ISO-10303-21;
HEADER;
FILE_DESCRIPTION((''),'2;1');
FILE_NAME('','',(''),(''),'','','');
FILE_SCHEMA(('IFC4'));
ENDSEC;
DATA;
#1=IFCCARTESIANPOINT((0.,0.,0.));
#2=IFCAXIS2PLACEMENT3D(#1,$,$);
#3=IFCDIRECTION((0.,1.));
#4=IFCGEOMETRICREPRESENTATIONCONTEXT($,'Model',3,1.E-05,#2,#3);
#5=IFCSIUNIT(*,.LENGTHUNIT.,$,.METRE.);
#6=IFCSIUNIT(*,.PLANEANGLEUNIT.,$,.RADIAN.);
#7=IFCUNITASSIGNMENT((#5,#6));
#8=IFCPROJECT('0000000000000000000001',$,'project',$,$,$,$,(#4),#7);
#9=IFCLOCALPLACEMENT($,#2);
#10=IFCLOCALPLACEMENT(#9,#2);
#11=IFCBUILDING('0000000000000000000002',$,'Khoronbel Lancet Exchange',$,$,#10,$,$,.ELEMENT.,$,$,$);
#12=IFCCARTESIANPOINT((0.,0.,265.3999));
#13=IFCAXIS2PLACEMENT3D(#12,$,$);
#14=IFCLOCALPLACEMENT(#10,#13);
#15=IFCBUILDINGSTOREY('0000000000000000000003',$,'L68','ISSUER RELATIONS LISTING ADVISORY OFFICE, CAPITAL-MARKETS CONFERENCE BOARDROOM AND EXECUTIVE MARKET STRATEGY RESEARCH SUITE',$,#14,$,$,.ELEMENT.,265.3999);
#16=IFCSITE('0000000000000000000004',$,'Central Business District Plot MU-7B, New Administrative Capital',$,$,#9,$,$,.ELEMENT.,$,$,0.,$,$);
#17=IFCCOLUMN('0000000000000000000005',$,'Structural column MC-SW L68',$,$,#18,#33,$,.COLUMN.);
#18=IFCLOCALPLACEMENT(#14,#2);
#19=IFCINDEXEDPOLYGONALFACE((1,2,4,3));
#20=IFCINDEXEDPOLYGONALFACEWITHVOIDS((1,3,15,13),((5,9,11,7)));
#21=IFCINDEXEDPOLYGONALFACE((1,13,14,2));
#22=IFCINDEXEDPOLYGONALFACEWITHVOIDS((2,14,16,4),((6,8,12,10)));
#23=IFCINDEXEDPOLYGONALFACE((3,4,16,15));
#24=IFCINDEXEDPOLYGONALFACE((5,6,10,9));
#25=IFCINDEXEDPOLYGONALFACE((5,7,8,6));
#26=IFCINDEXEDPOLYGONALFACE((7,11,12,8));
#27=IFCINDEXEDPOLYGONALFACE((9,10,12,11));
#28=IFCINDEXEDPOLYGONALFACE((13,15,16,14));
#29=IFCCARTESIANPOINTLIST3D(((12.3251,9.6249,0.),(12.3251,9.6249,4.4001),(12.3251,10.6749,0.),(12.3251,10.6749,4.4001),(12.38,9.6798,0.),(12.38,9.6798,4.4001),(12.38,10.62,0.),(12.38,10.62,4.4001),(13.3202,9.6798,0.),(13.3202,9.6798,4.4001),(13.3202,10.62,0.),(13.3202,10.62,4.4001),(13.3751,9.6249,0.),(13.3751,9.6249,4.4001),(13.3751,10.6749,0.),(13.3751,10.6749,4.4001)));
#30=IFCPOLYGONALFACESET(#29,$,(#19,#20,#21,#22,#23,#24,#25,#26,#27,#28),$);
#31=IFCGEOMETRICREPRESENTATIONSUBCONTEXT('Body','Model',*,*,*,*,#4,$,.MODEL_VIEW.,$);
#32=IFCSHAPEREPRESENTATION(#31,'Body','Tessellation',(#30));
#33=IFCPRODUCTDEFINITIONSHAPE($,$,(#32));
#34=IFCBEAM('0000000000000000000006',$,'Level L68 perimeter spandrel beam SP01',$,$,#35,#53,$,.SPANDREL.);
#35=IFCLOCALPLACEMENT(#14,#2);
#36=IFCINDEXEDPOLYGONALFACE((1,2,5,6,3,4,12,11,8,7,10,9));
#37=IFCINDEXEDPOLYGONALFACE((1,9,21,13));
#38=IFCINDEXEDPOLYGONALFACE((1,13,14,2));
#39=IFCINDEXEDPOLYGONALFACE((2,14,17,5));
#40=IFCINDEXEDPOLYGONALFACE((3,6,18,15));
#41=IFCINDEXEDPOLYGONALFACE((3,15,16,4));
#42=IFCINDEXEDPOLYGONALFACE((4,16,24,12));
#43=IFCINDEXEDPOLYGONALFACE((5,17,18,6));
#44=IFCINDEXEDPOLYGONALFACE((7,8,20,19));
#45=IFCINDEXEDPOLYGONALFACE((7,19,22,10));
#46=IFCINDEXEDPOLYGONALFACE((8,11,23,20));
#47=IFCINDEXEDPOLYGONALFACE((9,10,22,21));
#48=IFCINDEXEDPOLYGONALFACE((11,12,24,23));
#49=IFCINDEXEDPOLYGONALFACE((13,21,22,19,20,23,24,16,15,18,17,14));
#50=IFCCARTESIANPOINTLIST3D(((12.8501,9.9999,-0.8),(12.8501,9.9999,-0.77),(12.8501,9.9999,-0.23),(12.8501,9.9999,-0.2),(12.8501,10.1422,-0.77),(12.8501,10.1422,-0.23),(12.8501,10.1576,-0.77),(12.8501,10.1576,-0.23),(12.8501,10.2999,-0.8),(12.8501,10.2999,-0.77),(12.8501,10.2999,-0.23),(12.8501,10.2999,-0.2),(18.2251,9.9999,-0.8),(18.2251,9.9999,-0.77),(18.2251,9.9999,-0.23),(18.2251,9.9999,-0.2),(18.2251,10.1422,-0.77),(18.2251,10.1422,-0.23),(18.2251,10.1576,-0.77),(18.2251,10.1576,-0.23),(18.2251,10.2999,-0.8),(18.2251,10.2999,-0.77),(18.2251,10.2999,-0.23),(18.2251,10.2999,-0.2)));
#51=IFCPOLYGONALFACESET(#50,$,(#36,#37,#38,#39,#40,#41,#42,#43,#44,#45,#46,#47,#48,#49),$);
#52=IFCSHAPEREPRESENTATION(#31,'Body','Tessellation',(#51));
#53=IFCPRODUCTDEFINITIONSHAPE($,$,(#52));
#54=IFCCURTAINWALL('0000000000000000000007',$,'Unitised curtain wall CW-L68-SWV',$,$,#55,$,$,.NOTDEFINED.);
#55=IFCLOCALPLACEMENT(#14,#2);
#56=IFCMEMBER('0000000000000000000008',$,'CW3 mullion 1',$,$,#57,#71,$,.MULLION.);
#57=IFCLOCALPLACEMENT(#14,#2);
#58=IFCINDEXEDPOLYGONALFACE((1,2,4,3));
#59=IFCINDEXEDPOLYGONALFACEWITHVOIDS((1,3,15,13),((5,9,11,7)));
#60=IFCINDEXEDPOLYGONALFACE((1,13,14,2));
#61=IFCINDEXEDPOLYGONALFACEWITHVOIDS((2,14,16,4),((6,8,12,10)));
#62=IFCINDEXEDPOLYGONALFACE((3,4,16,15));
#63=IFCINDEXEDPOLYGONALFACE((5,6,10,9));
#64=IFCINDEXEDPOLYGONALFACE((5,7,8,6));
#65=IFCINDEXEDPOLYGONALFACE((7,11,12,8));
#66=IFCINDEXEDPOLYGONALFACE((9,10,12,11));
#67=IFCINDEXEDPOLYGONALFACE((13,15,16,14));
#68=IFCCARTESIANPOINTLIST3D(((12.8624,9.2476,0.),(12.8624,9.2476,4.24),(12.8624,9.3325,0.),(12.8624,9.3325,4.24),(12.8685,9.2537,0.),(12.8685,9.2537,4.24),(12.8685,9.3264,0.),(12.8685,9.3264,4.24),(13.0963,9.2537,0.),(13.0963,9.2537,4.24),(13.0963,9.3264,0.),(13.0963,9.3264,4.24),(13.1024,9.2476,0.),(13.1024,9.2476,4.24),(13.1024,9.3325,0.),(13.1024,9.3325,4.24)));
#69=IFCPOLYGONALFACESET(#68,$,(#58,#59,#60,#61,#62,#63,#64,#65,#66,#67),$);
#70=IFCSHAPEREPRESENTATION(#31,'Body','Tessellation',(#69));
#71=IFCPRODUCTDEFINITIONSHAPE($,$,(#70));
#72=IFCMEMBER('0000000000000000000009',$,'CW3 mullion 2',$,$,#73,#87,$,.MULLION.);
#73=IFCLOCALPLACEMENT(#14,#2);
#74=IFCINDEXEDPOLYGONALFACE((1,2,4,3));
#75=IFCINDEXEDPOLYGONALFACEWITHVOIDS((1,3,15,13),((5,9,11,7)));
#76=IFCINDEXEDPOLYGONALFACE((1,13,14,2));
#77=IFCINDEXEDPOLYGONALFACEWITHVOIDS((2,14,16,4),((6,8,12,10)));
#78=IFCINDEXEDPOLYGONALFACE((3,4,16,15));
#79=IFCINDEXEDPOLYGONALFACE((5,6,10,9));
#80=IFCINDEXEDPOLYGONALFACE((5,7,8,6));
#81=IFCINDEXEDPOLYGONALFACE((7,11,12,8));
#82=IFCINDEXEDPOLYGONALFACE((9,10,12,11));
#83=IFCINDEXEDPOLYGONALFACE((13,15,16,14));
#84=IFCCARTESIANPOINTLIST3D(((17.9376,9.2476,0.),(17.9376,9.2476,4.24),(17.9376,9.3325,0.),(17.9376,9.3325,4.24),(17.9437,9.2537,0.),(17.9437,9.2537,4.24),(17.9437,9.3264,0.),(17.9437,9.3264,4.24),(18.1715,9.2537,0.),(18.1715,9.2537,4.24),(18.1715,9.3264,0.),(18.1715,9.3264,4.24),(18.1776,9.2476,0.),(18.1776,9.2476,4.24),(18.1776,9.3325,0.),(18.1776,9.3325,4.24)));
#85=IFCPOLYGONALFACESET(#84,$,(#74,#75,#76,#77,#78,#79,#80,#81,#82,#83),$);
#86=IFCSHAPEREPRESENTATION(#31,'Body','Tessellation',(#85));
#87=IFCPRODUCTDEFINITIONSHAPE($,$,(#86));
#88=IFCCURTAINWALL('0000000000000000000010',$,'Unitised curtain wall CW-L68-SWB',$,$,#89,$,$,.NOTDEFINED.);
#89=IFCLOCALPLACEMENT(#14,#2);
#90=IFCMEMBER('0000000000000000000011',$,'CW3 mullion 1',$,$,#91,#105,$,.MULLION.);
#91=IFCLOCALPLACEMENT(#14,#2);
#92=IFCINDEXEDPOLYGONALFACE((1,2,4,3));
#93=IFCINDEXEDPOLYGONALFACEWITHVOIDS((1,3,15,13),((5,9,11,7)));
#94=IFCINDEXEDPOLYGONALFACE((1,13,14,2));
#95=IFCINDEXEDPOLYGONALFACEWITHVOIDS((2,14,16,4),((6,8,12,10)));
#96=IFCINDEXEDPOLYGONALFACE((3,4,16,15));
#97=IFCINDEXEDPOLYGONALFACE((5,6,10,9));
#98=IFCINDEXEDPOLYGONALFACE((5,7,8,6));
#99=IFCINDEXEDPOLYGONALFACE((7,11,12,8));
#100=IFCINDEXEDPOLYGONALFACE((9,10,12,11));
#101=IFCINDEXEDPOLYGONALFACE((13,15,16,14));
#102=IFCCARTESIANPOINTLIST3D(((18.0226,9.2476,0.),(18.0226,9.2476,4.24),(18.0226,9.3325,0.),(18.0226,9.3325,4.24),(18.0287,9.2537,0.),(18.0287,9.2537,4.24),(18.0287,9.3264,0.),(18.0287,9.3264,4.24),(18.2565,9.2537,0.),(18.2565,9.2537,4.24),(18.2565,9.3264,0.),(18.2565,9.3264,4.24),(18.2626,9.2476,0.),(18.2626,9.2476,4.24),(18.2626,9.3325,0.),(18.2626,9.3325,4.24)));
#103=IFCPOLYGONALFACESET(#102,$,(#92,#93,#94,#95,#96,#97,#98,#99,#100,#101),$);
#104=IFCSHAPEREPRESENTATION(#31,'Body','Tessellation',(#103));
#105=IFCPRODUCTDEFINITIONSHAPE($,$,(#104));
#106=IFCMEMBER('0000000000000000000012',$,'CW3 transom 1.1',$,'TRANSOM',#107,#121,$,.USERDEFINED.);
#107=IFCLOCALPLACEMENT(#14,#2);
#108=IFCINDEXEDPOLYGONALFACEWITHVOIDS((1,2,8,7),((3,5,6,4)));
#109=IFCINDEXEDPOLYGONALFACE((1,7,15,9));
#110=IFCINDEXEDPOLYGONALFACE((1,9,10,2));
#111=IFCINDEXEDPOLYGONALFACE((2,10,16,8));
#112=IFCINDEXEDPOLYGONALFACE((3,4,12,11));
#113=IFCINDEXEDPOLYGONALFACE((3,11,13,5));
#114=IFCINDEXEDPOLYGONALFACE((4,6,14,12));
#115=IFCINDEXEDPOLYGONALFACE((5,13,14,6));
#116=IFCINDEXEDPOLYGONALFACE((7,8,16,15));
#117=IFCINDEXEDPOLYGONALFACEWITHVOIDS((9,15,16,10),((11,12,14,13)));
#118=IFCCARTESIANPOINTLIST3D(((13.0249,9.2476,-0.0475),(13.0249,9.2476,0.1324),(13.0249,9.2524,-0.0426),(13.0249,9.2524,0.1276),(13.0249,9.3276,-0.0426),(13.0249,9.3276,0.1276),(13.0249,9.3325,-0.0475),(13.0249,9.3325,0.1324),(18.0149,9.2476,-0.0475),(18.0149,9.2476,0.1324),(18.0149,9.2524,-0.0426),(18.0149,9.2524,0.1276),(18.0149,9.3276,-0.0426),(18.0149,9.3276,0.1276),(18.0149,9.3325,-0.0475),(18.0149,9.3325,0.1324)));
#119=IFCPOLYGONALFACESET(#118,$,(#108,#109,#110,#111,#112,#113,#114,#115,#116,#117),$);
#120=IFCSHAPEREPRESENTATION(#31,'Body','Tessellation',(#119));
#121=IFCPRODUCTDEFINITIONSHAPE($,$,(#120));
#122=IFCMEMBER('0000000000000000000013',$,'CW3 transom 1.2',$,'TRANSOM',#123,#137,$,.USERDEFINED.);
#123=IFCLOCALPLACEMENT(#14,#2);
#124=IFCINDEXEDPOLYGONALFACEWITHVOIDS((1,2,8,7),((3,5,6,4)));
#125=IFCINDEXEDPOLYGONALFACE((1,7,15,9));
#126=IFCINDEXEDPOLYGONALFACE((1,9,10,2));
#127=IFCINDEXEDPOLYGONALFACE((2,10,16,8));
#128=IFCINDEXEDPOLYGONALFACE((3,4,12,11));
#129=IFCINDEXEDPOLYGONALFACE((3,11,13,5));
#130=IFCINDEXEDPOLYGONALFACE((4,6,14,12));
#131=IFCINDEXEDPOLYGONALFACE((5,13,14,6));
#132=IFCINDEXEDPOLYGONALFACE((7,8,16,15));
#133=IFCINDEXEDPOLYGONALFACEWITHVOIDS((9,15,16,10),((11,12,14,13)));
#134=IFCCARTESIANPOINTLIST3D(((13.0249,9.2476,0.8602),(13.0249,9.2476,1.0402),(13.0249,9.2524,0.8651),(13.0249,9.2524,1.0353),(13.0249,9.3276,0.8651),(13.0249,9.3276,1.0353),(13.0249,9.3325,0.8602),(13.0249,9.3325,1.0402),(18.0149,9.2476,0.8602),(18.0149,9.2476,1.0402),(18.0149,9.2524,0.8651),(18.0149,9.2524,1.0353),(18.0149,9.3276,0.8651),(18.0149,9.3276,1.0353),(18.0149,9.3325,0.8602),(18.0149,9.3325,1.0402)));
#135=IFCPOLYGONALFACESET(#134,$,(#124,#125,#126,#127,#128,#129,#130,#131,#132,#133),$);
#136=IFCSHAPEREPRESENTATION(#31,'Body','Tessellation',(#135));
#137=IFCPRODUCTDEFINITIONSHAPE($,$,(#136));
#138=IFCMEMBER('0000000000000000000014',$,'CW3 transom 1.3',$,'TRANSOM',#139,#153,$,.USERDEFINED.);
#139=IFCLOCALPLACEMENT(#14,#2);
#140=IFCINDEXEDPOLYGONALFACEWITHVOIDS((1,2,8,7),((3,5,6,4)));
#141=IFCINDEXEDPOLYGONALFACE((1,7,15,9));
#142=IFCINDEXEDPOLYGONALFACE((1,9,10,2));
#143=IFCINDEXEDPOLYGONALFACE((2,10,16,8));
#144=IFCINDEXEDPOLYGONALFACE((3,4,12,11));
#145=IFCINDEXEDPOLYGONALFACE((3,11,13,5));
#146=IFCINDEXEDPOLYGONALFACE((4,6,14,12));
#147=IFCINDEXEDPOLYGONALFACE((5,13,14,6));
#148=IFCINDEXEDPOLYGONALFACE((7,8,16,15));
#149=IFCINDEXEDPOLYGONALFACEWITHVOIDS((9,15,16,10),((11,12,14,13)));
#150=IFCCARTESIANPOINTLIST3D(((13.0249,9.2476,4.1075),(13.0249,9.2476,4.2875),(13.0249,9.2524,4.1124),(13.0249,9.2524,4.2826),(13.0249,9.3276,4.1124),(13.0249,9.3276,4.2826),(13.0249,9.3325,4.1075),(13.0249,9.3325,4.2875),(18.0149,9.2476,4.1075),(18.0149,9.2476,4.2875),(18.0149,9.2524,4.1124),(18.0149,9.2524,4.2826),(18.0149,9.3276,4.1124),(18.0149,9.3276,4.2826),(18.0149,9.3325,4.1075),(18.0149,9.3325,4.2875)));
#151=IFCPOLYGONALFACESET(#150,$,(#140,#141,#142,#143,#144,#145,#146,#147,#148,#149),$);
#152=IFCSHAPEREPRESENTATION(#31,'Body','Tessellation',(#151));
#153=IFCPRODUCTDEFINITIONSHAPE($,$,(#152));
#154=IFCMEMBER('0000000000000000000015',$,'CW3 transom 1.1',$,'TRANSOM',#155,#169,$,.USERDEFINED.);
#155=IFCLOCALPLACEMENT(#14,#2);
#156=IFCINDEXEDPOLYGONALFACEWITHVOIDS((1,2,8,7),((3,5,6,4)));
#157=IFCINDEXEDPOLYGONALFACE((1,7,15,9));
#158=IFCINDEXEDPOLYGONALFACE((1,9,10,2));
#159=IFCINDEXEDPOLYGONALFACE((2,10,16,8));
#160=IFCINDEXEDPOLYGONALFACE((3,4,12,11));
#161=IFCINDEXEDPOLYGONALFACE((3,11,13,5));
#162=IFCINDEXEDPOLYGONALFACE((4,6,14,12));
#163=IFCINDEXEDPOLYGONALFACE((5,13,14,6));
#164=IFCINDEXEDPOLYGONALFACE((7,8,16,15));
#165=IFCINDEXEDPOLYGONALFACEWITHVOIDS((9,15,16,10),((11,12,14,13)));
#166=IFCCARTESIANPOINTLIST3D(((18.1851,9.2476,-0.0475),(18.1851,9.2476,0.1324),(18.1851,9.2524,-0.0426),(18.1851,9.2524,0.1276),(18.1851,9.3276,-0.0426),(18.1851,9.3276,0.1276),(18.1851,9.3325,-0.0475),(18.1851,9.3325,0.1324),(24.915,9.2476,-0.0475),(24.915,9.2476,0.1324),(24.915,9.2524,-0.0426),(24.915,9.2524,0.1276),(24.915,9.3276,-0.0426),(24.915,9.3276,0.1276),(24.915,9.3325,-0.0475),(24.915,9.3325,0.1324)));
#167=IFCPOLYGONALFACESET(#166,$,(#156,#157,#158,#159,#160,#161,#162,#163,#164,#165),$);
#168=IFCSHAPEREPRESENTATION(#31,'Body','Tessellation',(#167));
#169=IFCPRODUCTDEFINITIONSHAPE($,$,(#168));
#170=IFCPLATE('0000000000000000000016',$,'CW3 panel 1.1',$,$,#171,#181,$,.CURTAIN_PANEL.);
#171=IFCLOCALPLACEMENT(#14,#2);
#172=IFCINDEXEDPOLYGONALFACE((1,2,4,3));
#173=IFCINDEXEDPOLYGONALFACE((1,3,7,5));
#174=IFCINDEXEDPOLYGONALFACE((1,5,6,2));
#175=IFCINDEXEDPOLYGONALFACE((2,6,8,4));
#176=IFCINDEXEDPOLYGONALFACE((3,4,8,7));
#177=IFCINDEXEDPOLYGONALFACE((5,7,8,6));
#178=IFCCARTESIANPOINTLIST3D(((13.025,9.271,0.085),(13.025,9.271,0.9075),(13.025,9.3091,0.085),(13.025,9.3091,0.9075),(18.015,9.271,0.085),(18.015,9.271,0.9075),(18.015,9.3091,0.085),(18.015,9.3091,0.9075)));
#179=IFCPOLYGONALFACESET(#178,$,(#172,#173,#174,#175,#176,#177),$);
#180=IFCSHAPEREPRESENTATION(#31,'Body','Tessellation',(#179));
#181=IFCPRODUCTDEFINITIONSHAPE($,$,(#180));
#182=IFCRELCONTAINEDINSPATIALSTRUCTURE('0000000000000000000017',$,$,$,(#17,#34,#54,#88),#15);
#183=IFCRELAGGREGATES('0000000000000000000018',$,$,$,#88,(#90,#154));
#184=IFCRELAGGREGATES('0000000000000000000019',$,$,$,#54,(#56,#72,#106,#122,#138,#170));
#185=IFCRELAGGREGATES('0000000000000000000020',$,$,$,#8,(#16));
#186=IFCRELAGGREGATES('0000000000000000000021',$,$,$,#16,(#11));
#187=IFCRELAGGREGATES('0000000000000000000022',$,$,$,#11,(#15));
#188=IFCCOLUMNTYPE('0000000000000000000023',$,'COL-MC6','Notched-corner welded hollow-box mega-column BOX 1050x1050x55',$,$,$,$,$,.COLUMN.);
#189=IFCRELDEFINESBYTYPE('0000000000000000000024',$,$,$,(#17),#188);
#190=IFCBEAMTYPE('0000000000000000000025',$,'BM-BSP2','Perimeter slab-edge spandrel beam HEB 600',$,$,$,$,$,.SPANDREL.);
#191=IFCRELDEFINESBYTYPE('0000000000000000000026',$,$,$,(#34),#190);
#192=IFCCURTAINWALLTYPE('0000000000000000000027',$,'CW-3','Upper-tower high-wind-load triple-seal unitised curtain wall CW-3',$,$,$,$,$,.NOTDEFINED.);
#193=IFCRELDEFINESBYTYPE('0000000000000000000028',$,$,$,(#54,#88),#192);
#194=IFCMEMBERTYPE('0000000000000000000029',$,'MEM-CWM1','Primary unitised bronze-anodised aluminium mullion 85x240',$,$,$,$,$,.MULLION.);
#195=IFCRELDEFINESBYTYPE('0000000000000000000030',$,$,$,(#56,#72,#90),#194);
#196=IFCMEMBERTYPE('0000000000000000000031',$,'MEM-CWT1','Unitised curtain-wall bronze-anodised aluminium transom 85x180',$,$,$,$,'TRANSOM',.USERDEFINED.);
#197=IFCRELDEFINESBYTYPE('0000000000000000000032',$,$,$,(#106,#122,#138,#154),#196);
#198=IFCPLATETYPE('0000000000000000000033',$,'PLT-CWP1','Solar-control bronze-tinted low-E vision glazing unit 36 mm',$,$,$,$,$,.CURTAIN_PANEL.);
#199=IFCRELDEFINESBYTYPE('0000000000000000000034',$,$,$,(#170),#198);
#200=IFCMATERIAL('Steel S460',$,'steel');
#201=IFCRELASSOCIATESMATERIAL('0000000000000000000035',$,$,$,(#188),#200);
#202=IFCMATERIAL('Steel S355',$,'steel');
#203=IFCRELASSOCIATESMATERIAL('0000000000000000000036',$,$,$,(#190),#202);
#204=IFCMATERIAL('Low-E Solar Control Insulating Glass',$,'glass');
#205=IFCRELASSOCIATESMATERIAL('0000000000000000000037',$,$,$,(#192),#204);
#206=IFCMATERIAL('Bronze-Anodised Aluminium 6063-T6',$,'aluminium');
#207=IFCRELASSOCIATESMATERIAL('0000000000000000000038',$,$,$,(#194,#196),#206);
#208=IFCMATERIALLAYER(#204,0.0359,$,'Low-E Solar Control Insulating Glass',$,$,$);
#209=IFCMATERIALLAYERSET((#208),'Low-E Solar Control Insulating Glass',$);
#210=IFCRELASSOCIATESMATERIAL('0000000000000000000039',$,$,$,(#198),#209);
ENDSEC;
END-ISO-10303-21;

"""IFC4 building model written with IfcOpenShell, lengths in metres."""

from ifc_helpers import new_model, si_unit, direction, frame, origin, origin_2d, place, context, subcontext, project, spatial, rectangle, hollow_rectangle, i_section, extrude, material, layer, layer_set, material_profile, profile_set, type_object, element, aggregate, save


model = new_model("IFC4")

# Units and contexts
model_context = context("Model", 3, precision=1e-05, world=origin(), true_north=direction((0.0, 1.0)))
body_context = subcontext(model_context, "Body", "Model", "MODEL_VIEW")
ifc_project = project(units=[si_unit("LENGTHUNIT", "METRE"), si_unit("PLANEANGLEUNIT", "RADIAN")], contexts=[model_context])

# Site, building, storey
site_placement = place(None, origin())
site = spatial("IfcSite", under=ifc_project, at=site_placement, Name="Central Business District Plot MU-7B, New Administrative Capital", CompositionType="ELEMENT", RefElevation=0.0)
building_placement = place(site_placement, origin())
building = spatial("IfcBuilding", under=site, at=building_placement, Name="Khoronbel Lancet Exchange", CompositionType="ELEMENT")
storey_placement = place(building_placement, frame((0.0, 0.0, 265.3999)))
storey = spatial("IfcBuildingStorey", under=building, at=storey_placement, Name="L68", Description="ISSUER RELATIONS LISTING ADVISORY OFFICE, CAPITAL-MARKETS CONFERENCE BOARDROOM AND EXECUTIVE MARKET STRATEGY RESEARCH SUITE", CompositionType="ELEMENT", Elevation=265.3999)

# Column
ifc_material_1 = material(Name="Steel S460", Category="steel")
ifc_material_profile_1 = material_profile(ifc_material_1, hollow_rectangle(XDim=1.05, YDim=1.05, WallThickness=0.0549, at=origin_2d()), Name="BOX 1050x1050x55")
ifc_profile_set_1 = profile_set([ifc_material_profile_1], Name="Steel S460")
column_type = type_object("IfcColumnType", Name="COL-MC6", Description="Notched-corner welded hollow-box mega-column BOX 1050x1050x55", PredefinedType="COLUMN", material=ifc_profile_set_1)
column_placement = place(storey_placement, frame((12.8501, 10.1499, 0.0), z_axis=(0.0, 0.0, 1.0), x_axis=(1.0, 0.0, 0.0)))
element("IfcColumn", 1, at=column_placement, inside=storey, type_object=column_type, Name="Structural column MC-SW L68", PredefinedType="COLUMN", context=body_context, shape_type="SweptSolid", body=[
    extrude(hollow_rectangle(XDim=1.05, YDim=1.05, WallThickness=0.0549, at=origin_2d()), origin(), (0.0, 0.0, 1.0), 4.4001),
])

# Beam
ifc_material_2 = material(Name="Steel S355", Category="steel")
ifc_material_profile_2 = material_profile(ifc_material_2, i_section(OverallWidth=0.3, OverallDepth=0.6001, WebThickness=0.0154, FlangeThickness=0.03, at=origin_2d()), Name="HEB 600")
ifc_profile_set_2 = profile_set([ifc_material_profile_2], Name="Steel S355")
beam_type = type_object("IfcBeamType", Name="BM-BSP2", Description="Perimeter slab-edge spandrel beam HEB 600", PredefinedType="SPANDREL", material=ifc_profile_set_2)
beam_placement = place(storey_placement, frame((12.8501, 10.1499, -0.5), z_axis=(1.0, 0.0, 0.0), x_axis=(0.0, 1.0, 0.0)))
element("IfcBeam", 2, at=beam_placement, inside=storey, type_object=beam_type, Name="Level L68 perimeter spandrel beam SP01", PredefinedType="SPANDREL", context=body_context, shape_type="SweptSolid", body=[
    extrude(i_section(OverallWidth=0.3, OverallDepth=0.6001, WebThickness=0.0154, FlangeThickness=0.03, at=origin_2d()), origin(), (0.0, 0.0, 1.0), 5.375),
])

# Curtain wall, members
ifc_material_3 = material(Name="Low-E Solar Control Insulating Glass", Category="glass")
curtain_wall_type = type_object("IfcCurtainWallType", Name="CW-3", Description="Upper-tower high-wind-load triple-seal unitised curtain wall CW-3", PredefinedType="NOTDEFINED", material=ifc_material_3)
curtain_wall_1_placement = place(storey_placement, origin())
curtain_wall_1 = element("IfcCurtainWall", 3, at=curtain_wall_1_placement, inside=storey, type_object=curtain_wall_type, Name="Unitised curtain wall CW-L68-SWV", PredefinedType="NOTDEFINED")
ifc_material_4 = material(Name="Bronze-Anodised Aluminium 6063-T6", Category="aluminium")
ifc_material_profile_3 = material_profile(ifc_material_4, hollow_rectangle(XDim=0.085, YDim=0.24, WallThickness=0.0061, at=origin_2d()), Name="ALU MULLION 85x240")
ifc_profile_set_3 = profile_set([ifc_material_profile_3], Name="Bronze-Anodised Aluminium 6063-T6")
member_type_1 = type_object("IfcMemberType", Name="MEM-CWM1", Description="Primary unitised bronze-anodised aluminium mullion 85x240", PredefinedType="MULLION", material=ifc_profile_set_3)
member_1_placement = place(storey_placement, frame((12.9824, 9.29, 0.0), z_axis=(0.0, 0.0, 1.0), x_axis=(0.0, 1.0, 0.0)))
member_1 = element("IfcMember", 4, at=member_1_placement, type_object=member_type_1, Name="CW3 mullion 1", PredefinedType="MULLION", context=body_context, shape_type="SweptSolid", body=[
    extrude(hollow_rectangle(XDim=0.085, YDim=0.24, WallThickness=0.0061, at=origin_2d()), origin(), (0.0, 0.0, 1.0), 4.24),
])
member_2_placement = place(storey_placement, frame((18.0576, 9.29, 0.0), z_axis=(0.0, 0.0, 1.0), x_axis=(0.0, 1.0, 0.0)))
member_2 = element("IfcMember", 5, at=member_2_placement, type_object=member_type_1, Name="CW3 mullion 2", PredefinedType="MULLION", context=body_context, shape_type="SweptSolid", body=[
    extrude(hollow_rectangle(XDim=0.085, YDim=0.24, WallThickness=0.0061, at=origin_2d()), origin(), (0.0, 0.0, 1.0), 4.24),
])

# Curtain wall, member
curtain_wall_2_placement = place(storey_placement, origin())
curtain_wall_2 = element("IfcCurtainWall", 6, at=curtain_wall_2_placement, inside=storey, type_object=curtain_wall_type, Name="Unitised curtain wall CW-L68-SWB", PredefinedType="NOTDEFINED")
member_3_placement = place(storey_placement, frame((18.1426, 9.29, 0.0), z_axis=(0.0, 0.0, 1.0), x_axis=(0.0, 1.0, 0.0)))
member_3 = element("IfcMember", 7, at=member_3_placement, type_object=member_type_1, Name="CW3 mullion 1", PredefinedType="MULLION", context=body_context, shape_type="SweptSolid", body=[
    extrude(hollow_rectangle(XDim=0.085, YDim=0.24, WallThickness=0.0061, at=origin_2d()), origin(), (0.0, 0.0, 1.0), 4.24),
])

# Members
ifc_material_profile_4 = material_profile(ifc_material_4, hollow_rectangle(XDim=0.085, YDim=0.1799, WallThickness=0.0049, at=origin_2d()), Name="ALU TRANSOM 85x180")
ifc_profile_set_4 = profile_set([ifc_material_profile_4], Name="Bronze-Anodised Aluminium 6063-T6")
member_type_2 = type_object("IfcMemberType", Name="MEM-CWT1", Description="Unitised curtain-wall bronze-anodised aluminium transom 85x180", ElementType="TRANSOM", PredefinedType="USERDEFINED", material=ifc_profile_set_4)
member_4_placement = place(storey_placement, frame((13.0249, 9.29, 0.0425), z_axis=(1.0, 0.0, 0.0), x_axis=(0.0, 1.0, 0.0)))
member_4 = element("IfcMember", 8, at=member_4_placement, type_object=member_type_2, Name="CW3 transom 1.1", ObjectType="TRANSOM", PredefinedType="USERDEFINED", context=body_context, shape_type="SweptSolid", body=[
    extrude(hollow_rectangle(XDim=0.085, YDim=0.1799, WallThickness=0.0049, at=origin_2d()), origin(), (0.0, 0.0, 1.0), 4.99),
])
member_5_placement = place(storey_placement, frame((13.0249, 9.29, 0.9502), z_axis=(1.0, 0.0, 0.0), x_axis=(0.0, 1.0, 0.0)))
member_5 = element("IfcMember", 9, at=member_5_placement, type_object=member_type_2, Name="CW3 transom 1.2", ObjectType="TRANSOM", PredefinedType="USERDEFINED", context=body_context, shape_type="SweptSolid", body=[
    extrude(hollow_rectangle(XDim=0.085, YDim=0.1799, WallThickness=0.0049, at=origin_2d()), origin(), (0.0, 0.0, 1.0), 4.99),
])
member_6_placement = place(storey_placement, frame((13.0249, 9.29, 4.1975), z_axis=(1.0, 0.0, 0.0), x_axis=(0.0, 1.0, 0.0)))
member_6 = element("IfcMember", 10, at=member_6_placement, type_object=member_type_2, Name="CW3 transom 1.3", ObjectType="TRANSOM", PredefinedType="USERDEFINED", context=body_context, shape_type="SweptSolid", body=[
    extrude(hollow_rectangle(XDim=0.085, YDim=0.1799, WallThickness=0.0049, at=origin_2d()), origin(), (0.0, 0.0, 1.0), 4.99),
])
member_7_placement = place(storey_placement, frame((18.1851, 9.29, 0.0425), z_axis=(1.0, 0.0, 0.0), x_axis=(0.0, 1.0, 0.0)))
member_7 = element("IfcMember", 11, at=member_7_placement, type_object=member_type_2, Name="CW3 transom 1.1", ObjectType="TRANSOM", PredefinedType="USERDEFINED", context=body_context, shape_type="SweptSolid", body=[
    extrude(hollow_rectangle(XDim=0.085, YDim=0.1799, WallThickness=0.0049, at=origin_2d()), origin(), (0.0, 0.0, 1.0), 6.73),
])
aggregate(curtain_wall_2, [member_3, member_7])

# Plate
ifc_layer_1 = layer(ifc_material_3, 0.0359, Name="Low-E Solar Control Insulating Glass")
ifc_layer_set_1 = layer_set([ifc_layer_1], Name="Low-E Solar Control Insulating Glass")
plate_type = type_object("IfcPlateType", Name="PLT-CWP1", Description="Solar-control bronze-tinted low-E vision glazing unit 36 mm", PredefinedType="CURTAIN_PANEL", material=ifc_layer_set_1)
plate_1_placement = place(storey_placement, frame((15.52, 9.29, 0.085), z_axis=(0.0, 0.0, 1.0), x_axis=(1.0, 0.0, 0.0)))
plate_1 = element("IfcPlate", 12, at=plate_1_placement, type_object=plate_type, Name="CW3 panel 1.1", PredefinedType="CURTAIN_PANEL", context=body_context, shape_type="SweptSolid", body=[
    extrude(rectangle(XDim=4.99, YDim=0.0381, at=origin_2d()), origin(), (0.0, 0.0, 1.0), 0.8225),
])
aggregate(curtain_wall_1, [member_1, member_2, member_4, member_5, member_6, plate_1])

save(model, "model.ifc")
